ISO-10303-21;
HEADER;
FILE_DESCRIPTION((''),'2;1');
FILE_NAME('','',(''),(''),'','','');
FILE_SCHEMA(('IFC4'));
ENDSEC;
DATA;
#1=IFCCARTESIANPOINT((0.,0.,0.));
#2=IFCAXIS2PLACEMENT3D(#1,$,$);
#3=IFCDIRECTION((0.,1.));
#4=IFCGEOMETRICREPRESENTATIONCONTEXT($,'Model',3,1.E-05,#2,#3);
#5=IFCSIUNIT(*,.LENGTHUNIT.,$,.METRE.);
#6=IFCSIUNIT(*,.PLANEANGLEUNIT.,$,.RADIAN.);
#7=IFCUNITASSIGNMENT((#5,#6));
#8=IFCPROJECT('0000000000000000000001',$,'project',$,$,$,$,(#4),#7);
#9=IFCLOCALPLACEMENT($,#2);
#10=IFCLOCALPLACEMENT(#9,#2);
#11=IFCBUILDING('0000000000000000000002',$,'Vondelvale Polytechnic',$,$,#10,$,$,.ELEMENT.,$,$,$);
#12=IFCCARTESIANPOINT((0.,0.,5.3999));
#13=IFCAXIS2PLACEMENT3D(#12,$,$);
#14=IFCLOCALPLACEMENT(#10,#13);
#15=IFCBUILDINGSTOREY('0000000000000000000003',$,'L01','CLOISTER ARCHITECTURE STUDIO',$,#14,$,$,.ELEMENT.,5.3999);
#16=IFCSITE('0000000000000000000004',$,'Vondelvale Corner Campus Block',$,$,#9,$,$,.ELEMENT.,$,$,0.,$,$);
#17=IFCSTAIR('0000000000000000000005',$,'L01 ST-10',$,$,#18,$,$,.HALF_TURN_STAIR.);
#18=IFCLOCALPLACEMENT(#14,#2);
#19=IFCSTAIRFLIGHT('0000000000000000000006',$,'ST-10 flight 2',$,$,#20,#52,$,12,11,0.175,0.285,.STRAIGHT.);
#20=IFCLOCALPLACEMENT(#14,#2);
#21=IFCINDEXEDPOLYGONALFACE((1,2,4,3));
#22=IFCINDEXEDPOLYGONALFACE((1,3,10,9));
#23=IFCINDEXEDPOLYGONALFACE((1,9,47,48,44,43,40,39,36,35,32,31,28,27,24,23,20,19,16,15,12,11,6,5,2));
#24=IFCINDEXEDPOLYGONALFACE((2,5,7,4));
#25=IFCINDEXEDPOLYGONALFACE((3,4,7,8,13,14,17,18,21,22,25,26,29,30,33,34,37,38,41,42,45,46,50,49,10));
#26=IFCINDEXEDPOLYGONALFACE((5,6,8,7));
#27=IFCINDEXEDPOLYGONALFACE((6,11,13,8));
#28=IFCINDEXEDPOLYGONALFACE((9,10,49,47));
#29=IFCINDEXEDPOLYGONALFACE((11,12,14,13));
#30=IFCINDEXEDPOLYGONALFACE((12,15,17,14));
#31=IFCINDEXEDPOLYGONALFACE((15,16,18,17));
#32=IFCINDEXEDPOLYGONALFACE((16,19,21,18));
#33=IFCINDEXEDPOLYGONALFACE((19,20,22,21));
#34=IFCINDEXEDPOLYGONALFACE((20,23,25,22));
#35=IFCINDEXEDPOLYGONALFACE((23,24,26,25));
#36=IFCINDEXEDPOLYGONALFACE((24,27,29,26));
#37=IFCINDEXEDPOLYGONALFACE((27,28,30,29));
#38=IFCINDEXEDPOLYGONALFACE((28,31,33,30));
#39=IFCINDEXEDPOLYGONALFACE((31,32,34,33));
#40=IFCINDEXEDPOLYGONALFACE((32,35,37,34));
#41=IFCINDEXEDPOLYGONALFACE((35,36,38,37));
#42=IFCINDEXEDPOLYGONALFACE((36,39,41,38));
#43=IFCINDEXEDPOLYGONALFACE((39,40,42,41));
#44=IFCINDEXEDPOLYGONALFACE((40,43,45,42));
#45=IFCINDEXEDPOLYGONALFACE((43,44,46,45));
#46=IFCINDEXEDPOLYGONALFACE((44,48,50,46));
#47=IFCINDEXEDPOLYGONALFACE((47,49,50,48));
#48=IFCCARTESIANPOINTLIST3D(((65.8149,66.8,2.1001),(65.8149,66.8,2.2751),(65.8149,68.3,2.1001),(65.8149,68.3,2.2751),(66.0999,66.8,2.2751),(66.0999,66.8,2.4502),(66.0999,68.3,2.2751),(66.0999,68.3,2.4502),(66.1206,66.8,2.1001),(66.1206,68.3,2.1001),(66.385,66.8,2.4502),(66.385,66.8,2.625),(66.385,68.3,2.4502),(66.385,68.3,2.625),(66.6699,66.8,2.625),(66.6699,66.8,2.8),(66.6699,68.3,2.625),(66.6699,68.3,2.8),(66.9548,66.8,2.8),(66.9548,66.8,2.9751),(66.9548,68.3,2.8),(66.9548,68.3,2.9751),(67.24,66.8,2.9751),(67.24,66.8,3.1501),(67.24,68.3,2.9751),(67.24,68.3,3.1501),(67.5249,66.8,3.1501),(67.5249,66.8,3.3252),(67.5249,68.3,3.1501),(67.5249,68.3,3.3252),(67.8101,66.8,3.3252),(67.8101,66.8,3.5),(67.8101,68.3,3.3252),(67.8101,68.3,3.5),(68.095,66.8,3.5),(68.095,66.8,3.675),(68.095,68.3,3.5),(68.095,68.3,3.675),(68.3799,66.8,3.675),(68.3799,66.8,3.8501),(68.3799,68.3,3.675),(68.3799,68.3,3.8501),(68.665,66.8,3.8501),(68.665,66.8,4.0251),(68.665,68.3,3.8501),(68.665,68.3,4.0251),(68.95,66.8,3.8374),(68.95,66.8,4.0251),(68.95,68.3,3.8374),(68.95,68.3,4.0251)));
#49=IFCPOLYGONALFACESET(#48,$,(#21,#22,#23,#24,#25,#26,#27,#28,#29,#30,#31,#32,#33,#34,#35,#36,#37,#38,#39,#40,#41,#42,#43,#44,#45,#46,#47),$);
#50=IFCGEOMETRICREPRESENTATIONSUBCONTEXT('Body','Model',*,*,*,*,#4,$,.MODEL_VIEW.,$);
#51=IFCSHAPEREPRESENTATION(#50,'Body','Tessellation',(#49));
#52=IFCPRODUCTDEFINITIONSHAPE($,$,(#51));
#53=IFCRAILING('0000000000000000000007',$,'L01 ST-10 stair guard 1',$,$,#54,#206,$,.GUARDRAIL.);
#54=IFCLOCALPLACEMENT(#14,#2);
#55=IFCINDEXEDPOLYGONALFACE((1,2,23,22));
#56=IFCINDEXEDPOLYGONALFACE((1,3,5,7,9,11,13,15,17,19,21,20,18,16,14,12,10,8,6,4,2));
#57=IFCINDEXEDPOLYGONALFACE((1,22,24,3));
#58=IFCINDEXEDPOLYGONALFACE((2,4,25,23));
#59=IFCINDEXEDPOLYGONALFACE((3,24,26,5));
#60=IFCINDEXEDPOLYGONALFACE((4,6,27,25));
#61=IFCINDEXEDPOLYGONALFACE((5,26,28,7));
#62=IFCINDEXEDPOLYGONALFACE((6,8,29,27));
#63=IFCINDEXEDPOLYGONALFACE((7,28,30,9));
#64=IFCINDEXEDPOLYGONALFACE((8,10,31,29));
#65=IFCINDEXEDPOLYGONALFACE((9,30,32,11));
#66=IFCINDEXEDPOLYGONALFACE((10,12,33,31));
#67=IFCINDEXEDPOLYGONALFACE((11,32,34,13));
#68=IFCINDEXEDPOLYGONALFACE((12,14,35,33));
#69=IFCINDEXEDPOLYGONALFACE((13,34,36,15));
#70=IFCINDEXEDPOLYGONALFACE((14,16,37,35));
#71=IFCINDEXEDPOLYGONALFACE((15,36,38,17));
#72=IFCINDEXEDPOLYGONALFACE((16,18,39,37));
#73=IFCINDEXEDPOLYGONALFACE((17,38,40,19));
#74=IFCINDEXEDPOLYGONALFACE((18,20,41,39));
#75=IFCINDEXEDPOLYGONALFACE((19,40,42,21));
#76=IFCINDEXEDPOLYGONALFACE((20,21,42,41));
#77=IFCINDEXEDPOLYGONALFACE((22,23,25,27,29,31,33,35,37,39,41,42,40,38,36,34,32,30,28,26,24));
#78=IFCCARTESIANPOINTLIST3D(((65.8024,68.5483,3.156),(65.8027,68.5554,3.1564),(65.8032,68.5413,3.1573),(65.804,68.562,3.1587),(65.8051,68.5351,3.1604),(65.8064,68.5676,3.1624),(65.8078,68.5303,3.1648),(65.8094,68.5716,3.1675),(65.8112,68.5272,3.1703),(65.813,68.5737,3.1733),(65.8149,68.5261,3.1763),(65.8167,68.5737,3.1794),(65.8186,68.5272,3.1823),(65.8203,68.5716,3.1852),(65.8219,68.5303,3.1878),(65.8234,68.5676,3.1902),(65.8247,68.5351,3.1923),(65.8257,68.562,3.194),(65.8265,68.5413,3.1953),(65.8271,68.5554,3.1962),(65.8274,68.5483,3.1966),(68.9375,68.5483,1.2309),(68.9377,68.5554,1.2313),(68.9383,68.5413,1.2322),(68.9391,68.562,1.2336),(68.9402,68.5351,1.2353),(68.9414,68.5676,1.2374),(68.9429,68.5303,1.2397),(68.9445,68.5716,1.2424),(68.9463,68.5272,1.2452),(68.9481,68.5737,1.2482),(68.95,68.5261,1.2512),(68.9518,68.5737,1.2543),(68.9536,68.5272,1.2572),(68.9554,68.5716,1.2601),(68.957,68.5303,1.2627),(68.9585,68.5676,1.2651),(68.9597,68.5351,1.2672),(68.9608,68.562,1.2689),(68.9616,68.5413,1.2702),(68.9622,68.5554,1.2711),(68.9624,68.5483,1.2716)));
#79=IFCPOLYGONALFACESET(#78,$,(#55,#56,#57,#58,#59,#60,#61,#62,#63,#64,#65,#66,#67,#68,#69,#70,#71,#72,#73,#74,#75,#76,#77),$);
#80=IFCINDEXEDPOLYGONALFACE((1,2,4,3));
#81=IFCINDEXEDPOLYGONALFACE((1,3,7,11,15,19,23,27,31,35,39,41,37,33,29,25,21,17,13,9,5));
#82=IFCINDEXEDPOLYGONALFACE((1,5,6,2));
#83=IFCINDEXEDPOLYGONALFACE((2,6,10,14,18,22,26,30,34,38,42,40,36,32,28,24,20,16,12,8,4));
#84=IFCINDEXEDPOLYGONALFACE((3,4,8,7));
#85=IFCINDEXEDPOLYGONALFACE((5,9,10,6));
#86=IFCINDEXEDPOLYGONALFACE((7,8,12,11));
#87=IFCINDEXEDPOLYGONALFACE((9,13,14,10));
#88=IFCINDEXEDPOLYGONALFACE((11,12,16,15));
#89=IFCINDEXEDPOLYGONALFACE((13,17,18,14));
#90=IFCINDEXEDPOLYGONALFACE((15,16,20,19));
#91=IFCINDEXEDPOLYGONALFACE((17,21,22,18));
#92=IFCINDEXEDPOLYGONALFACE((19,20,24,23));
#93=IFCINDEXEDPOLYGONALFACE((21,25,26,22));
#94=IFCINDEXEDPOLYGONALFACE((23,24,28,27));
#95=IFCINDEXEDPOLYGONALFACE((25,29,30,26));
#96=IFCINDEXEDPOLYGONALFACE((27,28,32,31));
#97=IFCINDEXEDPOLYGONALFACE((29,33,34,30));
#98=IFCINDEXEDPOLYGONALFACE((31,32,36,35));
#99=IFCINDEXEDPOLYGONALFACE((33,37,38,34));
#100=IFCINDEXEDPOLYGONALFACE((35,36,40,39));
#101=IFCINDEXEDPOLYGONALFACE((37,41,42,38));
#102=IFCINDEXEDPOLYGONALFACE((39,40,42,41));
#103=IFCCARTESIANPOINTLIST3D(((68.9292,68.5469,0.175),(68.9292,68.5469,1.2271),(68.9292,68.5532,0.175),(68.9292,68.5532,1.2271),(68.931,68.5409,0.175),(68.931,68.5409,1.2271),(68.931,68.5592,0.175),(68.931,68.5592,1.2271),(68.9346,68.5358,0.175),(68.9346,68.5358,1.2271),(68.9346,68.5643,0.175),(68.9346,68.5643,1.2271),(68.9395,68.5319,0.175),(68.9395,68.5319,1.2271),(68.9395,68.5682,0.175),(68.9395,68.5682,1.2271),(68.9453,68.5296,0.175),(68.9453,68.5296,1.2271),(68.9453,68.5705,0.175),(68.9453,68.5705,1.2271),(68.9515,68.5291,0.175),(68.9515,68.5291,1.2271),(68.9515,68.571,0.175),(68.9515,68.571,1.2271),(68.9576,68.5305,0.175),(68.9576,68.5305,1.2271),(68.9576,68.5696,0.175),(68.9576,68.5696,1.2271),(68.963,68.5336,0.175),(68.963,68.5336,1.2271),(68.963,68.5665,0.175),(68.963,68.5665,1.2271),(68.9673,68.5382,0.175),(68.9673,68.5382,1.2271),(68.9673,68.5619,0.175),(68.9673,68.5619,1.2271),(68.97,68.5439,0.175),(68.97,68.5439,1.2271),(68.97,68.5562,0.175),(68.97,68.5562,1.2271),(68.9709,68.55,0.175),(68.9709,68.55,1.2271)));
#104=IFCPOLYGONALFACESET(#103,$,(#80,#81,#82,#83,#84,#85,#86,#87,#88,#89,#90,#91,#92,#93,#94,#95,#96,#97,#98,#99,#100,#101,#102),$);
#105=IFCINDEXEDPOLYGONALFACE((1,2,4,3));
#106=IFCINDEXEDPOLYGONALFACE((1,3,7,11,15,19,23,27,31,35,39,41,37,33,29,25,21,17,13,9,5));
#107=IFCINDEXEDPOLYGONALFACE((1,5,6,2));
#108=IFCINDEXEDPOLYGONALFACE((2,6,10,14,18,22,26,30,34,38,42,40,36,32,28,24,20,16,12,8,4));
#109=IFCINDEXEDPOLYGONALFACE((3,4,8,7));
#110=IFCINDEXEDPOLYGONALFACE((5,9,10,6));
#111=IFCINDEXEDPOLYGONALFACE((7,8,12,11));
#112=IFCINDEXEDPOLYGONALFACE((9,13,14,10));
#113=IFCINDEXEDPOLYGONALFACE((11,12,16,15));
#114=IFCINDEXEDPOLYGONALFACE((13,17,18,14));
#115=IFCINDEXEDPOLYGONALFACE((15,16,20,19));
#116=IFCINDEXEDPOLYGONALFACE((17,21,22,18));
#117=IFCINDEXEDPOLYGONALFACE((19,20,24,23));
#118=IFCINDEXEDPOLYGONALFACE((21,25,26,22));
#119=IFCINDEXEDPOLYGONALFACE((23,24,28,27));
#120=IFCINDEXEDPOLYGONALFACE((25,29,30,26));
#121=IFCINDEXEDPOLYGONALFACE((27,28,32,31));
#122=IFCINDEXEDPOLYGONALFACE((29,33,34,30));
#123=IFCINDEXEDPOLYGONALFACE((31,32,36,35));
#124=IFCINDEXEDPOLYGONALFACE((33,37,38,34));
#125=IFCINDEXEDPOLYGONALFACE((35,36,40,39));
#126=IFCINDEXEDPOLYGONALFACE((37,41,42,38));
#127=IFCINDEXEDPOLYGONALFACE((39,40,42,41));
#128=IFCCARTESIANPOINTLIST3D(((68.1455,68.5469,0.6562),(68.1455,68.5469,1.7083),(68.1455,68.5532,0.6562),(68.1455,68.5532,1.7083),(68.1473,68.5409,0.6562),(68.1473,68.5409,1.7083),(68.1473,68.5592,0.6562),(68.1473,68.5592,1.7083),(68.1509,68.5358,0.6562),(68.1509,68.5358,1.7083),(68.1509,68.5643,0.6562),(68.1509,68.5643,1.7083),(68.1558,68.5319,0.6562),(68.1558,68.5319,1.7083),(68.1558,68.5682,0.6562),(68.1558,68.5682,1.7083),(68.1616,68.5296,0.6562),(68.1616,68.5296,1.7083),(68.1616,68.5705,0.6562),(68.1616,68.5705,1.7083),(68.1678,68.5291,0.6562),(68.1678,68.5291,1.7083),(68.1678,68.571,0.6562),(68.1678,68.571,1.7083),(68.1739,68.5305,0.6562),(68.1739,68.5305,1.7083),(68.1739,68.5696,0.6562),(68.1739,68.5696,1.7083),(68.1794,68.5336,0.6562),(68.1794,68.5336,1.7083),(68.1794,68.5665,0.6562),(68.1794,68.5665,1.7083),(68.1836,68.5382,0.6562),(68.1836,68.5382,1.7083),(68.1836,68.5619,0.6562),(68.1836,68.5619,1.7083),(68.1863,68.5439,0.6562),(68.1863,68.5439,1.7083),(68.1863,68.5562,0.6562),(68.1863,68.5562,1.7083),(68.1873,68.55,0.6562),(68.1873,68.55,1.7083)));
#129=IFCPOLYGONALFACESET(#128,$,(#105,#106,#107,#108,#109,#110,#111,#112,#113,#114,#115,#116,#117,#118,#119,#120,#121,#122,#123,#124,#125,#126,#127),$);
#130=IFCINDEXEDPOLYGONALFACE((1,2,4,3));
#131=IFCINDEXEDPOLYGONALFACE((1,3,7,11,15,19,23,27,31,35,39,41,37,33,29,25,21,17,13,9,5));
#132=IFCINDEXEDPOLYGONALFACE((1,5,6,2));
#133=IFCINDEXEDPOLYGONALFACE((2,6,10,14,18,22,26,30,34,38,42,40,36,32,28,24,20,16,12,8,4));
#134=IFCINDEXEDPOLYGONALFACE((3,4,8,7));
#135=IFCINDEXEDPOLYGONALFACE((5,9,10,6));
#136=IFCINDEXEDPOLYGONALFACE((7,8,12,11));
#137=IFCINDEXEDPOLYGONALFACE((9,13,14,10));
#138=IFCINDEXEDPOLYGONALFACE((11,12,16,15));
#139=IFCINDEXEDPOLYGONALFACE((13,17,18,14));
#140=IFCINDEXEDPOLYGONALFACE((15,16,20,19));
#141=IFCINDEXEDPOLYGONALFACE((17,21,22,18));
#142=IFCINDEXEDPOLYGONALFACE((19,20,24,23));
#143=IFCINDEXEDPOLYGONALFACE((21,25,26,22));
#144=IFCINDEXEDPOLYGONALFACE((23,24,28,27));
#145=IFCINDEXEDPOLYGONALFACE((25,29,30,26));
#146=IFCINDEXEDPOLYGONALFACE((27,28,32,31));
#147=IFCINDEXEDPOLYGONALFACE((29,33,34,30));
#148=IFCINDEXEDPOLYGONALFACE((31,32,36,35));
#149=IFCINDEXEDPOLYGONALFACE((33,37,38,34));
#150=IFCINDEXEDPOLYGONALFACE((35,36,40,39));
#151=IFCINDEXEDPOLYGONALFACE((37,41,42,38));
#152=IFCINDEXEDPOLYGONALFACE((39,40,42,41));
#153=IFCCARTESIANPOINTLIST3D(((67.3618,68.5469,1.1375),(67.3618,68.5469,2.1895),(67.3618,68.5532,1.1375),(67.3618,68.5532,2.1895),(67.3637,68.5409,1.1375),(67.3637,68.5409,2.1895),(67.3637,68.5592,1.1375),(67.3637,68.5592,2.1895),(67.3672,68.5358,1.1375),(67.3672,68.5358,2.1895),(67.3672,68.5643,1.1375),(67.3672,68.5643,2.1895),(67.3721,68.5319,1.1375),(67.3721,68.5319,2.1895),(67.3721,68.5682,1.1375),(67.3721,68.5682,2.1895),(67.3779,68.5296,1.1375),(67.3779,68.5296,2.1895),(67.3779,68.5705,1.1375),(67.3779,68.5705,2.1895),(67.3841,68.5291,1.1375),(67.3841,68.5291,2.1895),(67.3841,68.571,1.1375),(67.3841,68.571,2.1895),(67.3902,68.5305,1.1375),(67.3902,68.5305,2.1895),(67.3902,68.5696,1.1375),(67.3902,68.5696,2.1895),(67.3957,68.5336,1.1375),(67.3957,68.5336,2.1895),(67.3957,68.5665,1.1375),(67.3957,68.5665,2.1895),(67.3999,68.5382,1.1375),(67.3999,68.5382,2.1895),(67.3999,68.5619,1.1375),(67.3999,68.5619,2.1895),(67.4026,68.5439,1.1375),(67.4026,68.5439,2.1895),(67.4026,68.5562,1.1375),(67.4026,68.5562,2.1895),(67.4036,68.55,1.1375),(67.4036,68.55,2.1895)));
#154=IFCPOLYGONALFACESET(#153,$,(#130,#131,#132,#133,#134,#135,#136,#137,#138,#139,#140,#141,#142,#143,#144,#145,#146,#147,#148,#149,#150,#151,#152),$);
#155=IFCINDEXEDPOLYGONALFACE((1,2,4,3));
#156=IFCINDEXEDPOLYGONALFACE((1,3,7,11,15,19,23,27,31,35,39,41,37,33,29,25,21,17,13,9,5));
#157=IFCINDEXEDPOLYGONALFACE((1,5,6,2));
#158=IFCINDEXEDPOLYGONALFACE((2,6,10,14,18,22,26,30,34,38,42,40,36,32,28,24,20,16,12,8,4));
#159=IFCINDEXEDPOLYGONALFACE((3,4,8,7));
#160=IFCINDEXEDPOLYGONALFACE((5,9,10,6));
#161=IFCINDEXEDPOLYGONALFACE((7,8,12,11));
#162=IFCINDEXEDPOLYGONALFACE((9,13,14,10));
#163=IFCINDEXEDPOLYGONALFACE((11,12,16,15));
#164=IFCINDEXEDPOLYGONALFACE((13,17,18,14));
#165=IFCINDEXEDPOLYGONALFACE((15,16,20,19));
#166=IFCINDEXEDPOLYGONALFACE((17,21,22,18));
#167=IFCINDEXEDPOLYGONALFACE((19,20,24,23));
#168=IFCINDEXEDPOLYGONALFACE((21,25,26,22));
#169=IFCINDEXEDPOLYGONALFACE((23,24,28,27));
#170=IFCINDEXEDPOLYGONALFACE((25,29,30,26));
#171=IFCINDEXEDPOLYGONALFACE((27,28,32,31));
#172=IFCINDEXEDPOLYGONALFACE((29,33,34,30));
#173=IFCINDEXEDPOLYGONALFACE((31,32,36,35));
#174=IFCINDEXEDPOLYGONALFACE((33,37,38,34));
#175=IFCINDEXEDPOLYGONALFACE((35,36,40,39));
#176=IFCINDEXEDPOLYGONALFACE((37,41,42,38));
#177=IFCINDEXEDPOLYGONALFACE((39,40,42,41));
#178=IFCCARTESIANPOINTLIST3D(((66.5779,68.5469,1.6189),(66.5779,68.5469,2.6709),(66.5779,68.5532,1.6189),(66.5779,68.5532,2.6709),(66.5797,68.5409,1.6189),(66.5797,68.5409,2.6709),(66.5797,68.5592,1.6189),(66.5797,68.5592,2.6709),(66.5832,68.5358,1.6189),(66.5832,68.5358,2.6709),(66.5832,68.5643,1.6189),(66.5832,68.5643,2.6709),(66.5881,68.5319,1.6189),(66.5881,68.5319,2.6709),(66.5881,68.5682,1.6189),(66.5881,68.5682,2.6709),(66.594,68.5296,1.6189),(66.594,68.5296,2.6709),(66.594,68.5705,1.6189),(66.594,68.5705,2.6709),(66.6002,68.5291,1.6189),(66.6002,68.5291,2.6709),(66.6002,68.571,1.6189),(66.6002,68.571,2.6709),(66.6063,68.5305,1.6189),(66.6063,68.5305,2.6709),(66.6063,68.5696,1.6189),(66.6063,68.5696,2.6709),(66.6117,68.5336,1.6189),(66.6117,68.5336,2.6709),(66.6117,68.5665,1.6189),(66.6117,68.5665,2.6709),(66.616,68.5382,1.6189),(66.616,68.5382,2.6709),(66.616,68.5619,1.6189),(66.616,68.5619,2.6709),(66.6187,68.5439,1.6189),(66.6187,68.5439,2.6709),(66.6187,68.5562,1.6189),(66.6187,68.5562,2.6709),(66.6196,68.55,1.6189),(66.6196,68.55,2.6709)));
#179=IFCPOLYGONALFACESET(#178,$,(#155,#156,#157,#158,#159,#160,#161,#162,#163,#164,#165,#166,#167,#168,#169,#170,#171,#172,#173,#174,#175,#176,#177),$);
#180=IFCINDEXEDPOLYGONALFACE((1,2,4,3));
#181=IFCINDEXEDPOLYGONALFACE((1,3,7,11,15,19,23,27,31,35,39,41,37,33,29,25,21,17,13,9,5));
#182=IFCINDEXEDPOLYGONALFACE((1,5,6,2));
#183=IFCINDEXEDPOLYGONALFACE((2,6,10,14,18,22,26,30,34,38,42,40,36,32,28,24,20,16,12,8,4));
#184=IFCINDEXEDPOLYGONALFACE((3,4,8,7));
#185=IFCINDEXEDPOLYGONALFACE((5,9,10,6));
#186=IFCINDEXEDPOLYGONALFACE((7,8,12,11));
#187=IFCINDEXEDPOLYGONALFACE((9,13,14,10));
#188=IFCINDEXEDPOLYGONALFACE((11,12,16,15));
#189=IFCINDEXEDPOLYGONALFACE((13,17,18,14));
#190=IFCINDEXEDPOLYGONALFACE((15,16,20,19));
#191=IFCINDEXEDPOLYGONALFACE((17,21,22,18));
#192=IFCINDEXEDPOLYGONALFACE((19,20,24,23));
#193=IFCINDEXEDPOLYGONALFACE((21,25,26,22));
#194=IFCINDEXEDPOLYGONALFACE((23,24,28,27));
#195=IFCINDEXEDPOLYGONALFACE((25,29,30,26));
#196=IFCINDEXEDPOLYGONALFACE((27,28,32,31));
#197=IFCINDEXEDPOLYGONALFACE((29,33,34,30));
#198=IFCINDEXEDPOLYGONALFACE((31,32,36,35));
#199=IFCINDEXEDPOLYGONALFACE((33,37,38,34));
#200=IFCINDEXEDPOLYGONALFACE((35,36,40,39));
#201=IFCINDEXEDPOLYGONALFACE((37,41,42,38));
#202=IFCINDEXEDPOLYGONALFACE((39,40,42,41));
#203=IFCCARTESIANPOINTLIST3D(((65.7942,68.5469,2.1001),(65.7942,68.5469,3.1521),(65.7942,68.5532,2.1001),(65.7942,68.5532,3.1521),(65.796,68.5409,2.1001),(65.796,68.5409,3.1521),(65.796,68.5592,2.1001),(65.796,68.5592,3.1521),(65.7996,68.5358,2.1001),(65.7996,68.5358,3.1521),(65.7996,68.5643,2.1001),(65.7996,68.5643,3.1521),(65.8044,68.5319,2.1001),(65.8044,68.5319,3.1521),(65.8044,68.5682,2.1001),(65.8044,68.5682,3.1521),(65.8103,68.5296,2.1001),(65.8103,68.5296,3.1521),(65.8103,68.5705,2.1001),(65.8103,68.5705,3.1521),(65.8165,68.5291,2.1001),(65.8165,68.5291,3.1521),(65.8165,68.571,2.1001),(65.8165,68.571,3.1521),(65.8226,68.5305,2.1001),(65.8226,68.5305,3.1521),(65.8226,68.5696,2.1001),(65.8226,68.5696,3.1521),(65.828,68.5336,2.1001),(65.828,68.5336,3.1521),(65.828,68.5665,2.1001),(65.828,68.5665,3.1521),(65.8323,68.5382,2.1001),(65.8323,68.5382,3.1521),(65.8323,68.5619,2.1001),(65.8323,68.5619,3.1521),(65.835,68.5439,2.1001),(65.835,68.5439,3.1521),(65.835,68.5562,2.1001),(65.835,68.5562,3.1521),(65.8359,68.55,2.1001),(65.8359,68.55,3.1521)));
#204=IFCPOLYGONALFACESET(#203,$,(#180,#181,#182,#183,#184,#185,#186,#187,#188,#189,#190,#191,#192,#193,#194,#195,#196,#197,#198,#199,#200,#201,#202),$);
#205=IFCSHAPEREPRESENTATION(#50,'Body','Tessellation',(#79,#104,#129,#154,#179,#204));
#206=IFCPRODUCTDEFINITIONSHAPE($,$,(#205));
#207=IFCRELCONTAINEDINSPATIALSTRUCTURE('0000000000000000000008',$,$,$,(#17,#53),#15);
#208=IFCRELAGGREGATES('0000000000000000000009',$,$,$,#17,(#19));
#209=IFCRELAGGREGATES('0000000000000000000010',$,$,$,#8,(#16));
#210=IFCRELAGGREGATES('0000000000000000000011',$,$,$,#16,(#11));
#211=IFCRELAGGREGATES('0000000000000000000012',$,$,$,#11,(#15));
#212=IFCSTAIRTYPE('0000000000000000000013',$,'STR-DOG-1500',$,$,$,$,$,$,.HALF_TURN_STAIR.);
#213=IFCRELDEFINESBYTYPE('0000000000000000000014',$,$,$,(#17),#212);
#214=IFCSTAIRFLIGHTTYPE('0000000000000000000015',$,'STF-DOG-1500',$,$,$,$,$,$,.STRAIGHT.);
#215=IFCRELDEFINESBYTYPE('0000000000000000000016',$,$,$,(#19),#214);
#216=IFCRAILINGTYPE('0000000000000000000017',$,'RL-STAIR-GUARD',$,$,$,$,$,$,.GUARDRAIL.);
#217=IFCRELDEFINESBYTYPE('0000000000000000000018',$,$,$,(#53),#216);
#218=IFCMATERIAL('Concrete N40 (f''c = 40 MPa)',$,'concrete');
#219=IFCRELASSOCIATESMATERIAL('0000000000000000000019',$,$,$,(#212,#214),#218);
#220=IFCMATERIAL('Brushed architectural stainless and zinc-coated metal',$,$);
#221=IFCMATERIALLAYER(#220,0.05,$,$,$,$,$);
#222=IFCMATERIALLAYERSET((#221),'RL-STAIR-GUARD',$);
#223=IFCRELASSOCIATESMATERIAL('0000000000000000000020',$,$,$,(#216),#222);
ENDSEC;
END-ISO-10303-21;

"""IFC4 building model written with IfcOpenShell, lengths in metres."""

from ifc_helpers import new_model, si_unit, direction, frame, origin, origin_2d, place, context, subcontext, project, spatial, polyline, circle, outline, extrude, material, layer, layer_set, type_object, element, aggregate, save


model = new_model("IFC4")

# Units and contexts
model_context = context("Model", 3, precision=1e-05, world=origin(), true_north=direction((0.0, 1.0)))
body_context = subcontext(model_context, "Body", "Model", "MODEL_VIEW")
ifc_project = project(units=[si_unit("LENGTHUNIT", "METRE"), si_unit("PLANEANGLEUNIT", "RADIAN")], contexts=[model_context])

# Site, building, storey
site_placement = place(None, origin())
site = spatial("IfcSite", under=ifc_project, at=site_placement, Name="Vondelvale Corner Campus Block", CompositionType="ELEMENT", RefElevation=0.0)
building_placement = place(site_placement, origin())
building = spatial("IfcBuilding", under=site, at=building_placement, Name="Vondelvale Polytechnic", CompositionType="ELEMENT")
storey_placement = place(building_placement, frame((0.0, 0.0, 5.3999)))
storey = spatial("IfcBuildingStorey", under=building, at=storey_placement, Name="L01", Description="CLOISTER ARCHITECTURE STUDIO", CompositionType="ELEMENT", Elevation=5.3999)

# Shared definitions
ifc_material_1 = material(Name="Concrete N40 (f'c = 40 MPa)", Category="concrete")

# Stair, stair flight
stair_type = type_object("IfcStairType", Name="STR-DOG-1500", PredefinedType="HALF_TURN_STAIR", material=ifc_material_1)
stair_placement = place(storey_placement, origin())
stair = element("IfcStair", 1, at=stair_placement, inside=storey, type_object=stair_type, Name="L01 ST-10", PredefinedType="HALF_TURN_STAIR")
stair_flight_type = type_object("IfcStairFlightType", Name="STF-DOG-1500", PredefinedType="STRAIGHT", material=ifc_material_1)
stair_flight_1_placement = place(storey_placement, frame((65.8149, 67.55, 2.1001), z_axis=(0.0, 0.0, 1.0), x_axis=(1.0, 0.0, 0.0)))
stair_flight_1 = element("IfcStairFlight", 2, at=stair_flight_1_placement, type_object=stair_flight_type, Name="ST-10 flight 2", NumberOfRisers=12, NumberOfTreads=11, PredefinedType="STRAIGHT", RiserHeight=0.175, TreadLength=0.285, context=body_context, shape_type="SweptSolid", body=[
    extrude(outline(polyline([(0.0, 0.0), (0.0, 0.175), (0.2849, 0.175), (0.2849, 0.3501), (0.5701, 0.3501), (0.5701, 0.5249), (0.855, 0.5249), (0.855, 0.7), (1.1399, 0.7), (1.1399, 0.875), (1.425, 0.875), (1.425, 1.05), (1.71, 1.05), (1.71, 1.2251), (1.9951, 1.2251), (1.9951, 1.3999), (2.28, 1.3999), (2.28, 1.575), (2.5649, 1.575), (2.5649, 1.75), (2.8501, 1.75), (2.8501, 1.925), (3.135, 1.925), (3.135, 2.1001), (3.135, 1.7373), (0.3057, 0.0), (0.0, 0.0)])), frame((0.0, 0.75, 0.0), z_axis=(0.0, -1.0, 0.0), x_axis=(1.0, 0.0, 0.0)), (0.0, 0.0, 1.0), 1.5),
])
aggregate(stair, [stair_flight_1])

# Railing
ifc_material_2 = material(Name="Brushed architectural stainless and zinc-coated metal")
ifc_layer_1 = layer(ifc_material_2, 0.05)
ifc_layer_set_1 = layer_set([ifc_layer_1], Name="RL-STAIR-GUARD")
railing_type_1 = type_object("IfcRailingType", Name="RL-STAIR-GUARD", PredefinedType="GUARDRAIL", material=ifc_layer_set_1)
railing_1_placement = place(storey_placement, frame((68.95, 68.55, 0.175)))
element("IfcRailing", 3, at=railing_1_placement, inside=storey, type_object=railing_type_1, Name="L01 ST-10 stair guard 1", PredefinedType="GUARDRAIL", context=body_context, shape_type="SweptSolid", body=[
    extrude(circle(Radius=0.0239, at=origin_2d()), frame((0.0, 0.0, 1.0762), z_axis=(-0.852166, 0.0, 0.523271), x_axis=(0.0, -1.0, 0.0)), (0.0, 0.0, 1.0), 3.679),
    extrude(circle(Radius=0.021, at=origin_2d()), origin(), (0.0, 0.0, 1.0), 1.052),
    extrude(circle(Radius=0.021, at=origin_2d()), frame((-0.7837, 0.0, 0.4812)), (0.0, 0.0, 1.0), 1.052),
    extrude(circle(Radius=0.021, at=origin_2d()), frame((-1.5674, 0.0, 0.9624)), (0.0, 0.0, 1.0), 1.052),
    extrude(circle(Radius=0.021, at=origin_2d()), frame((-2.3513, 0.0, 1.4438)), (0.0, 0.0, 1.0), 1.052),
    extrude(circle(Radius=0.021, at=origin_2d()), frame((-3.135, 0.0, 1.925)), (0.0, 0.0, 1.0), 1.052),
])

save(model, "model.ifc")
